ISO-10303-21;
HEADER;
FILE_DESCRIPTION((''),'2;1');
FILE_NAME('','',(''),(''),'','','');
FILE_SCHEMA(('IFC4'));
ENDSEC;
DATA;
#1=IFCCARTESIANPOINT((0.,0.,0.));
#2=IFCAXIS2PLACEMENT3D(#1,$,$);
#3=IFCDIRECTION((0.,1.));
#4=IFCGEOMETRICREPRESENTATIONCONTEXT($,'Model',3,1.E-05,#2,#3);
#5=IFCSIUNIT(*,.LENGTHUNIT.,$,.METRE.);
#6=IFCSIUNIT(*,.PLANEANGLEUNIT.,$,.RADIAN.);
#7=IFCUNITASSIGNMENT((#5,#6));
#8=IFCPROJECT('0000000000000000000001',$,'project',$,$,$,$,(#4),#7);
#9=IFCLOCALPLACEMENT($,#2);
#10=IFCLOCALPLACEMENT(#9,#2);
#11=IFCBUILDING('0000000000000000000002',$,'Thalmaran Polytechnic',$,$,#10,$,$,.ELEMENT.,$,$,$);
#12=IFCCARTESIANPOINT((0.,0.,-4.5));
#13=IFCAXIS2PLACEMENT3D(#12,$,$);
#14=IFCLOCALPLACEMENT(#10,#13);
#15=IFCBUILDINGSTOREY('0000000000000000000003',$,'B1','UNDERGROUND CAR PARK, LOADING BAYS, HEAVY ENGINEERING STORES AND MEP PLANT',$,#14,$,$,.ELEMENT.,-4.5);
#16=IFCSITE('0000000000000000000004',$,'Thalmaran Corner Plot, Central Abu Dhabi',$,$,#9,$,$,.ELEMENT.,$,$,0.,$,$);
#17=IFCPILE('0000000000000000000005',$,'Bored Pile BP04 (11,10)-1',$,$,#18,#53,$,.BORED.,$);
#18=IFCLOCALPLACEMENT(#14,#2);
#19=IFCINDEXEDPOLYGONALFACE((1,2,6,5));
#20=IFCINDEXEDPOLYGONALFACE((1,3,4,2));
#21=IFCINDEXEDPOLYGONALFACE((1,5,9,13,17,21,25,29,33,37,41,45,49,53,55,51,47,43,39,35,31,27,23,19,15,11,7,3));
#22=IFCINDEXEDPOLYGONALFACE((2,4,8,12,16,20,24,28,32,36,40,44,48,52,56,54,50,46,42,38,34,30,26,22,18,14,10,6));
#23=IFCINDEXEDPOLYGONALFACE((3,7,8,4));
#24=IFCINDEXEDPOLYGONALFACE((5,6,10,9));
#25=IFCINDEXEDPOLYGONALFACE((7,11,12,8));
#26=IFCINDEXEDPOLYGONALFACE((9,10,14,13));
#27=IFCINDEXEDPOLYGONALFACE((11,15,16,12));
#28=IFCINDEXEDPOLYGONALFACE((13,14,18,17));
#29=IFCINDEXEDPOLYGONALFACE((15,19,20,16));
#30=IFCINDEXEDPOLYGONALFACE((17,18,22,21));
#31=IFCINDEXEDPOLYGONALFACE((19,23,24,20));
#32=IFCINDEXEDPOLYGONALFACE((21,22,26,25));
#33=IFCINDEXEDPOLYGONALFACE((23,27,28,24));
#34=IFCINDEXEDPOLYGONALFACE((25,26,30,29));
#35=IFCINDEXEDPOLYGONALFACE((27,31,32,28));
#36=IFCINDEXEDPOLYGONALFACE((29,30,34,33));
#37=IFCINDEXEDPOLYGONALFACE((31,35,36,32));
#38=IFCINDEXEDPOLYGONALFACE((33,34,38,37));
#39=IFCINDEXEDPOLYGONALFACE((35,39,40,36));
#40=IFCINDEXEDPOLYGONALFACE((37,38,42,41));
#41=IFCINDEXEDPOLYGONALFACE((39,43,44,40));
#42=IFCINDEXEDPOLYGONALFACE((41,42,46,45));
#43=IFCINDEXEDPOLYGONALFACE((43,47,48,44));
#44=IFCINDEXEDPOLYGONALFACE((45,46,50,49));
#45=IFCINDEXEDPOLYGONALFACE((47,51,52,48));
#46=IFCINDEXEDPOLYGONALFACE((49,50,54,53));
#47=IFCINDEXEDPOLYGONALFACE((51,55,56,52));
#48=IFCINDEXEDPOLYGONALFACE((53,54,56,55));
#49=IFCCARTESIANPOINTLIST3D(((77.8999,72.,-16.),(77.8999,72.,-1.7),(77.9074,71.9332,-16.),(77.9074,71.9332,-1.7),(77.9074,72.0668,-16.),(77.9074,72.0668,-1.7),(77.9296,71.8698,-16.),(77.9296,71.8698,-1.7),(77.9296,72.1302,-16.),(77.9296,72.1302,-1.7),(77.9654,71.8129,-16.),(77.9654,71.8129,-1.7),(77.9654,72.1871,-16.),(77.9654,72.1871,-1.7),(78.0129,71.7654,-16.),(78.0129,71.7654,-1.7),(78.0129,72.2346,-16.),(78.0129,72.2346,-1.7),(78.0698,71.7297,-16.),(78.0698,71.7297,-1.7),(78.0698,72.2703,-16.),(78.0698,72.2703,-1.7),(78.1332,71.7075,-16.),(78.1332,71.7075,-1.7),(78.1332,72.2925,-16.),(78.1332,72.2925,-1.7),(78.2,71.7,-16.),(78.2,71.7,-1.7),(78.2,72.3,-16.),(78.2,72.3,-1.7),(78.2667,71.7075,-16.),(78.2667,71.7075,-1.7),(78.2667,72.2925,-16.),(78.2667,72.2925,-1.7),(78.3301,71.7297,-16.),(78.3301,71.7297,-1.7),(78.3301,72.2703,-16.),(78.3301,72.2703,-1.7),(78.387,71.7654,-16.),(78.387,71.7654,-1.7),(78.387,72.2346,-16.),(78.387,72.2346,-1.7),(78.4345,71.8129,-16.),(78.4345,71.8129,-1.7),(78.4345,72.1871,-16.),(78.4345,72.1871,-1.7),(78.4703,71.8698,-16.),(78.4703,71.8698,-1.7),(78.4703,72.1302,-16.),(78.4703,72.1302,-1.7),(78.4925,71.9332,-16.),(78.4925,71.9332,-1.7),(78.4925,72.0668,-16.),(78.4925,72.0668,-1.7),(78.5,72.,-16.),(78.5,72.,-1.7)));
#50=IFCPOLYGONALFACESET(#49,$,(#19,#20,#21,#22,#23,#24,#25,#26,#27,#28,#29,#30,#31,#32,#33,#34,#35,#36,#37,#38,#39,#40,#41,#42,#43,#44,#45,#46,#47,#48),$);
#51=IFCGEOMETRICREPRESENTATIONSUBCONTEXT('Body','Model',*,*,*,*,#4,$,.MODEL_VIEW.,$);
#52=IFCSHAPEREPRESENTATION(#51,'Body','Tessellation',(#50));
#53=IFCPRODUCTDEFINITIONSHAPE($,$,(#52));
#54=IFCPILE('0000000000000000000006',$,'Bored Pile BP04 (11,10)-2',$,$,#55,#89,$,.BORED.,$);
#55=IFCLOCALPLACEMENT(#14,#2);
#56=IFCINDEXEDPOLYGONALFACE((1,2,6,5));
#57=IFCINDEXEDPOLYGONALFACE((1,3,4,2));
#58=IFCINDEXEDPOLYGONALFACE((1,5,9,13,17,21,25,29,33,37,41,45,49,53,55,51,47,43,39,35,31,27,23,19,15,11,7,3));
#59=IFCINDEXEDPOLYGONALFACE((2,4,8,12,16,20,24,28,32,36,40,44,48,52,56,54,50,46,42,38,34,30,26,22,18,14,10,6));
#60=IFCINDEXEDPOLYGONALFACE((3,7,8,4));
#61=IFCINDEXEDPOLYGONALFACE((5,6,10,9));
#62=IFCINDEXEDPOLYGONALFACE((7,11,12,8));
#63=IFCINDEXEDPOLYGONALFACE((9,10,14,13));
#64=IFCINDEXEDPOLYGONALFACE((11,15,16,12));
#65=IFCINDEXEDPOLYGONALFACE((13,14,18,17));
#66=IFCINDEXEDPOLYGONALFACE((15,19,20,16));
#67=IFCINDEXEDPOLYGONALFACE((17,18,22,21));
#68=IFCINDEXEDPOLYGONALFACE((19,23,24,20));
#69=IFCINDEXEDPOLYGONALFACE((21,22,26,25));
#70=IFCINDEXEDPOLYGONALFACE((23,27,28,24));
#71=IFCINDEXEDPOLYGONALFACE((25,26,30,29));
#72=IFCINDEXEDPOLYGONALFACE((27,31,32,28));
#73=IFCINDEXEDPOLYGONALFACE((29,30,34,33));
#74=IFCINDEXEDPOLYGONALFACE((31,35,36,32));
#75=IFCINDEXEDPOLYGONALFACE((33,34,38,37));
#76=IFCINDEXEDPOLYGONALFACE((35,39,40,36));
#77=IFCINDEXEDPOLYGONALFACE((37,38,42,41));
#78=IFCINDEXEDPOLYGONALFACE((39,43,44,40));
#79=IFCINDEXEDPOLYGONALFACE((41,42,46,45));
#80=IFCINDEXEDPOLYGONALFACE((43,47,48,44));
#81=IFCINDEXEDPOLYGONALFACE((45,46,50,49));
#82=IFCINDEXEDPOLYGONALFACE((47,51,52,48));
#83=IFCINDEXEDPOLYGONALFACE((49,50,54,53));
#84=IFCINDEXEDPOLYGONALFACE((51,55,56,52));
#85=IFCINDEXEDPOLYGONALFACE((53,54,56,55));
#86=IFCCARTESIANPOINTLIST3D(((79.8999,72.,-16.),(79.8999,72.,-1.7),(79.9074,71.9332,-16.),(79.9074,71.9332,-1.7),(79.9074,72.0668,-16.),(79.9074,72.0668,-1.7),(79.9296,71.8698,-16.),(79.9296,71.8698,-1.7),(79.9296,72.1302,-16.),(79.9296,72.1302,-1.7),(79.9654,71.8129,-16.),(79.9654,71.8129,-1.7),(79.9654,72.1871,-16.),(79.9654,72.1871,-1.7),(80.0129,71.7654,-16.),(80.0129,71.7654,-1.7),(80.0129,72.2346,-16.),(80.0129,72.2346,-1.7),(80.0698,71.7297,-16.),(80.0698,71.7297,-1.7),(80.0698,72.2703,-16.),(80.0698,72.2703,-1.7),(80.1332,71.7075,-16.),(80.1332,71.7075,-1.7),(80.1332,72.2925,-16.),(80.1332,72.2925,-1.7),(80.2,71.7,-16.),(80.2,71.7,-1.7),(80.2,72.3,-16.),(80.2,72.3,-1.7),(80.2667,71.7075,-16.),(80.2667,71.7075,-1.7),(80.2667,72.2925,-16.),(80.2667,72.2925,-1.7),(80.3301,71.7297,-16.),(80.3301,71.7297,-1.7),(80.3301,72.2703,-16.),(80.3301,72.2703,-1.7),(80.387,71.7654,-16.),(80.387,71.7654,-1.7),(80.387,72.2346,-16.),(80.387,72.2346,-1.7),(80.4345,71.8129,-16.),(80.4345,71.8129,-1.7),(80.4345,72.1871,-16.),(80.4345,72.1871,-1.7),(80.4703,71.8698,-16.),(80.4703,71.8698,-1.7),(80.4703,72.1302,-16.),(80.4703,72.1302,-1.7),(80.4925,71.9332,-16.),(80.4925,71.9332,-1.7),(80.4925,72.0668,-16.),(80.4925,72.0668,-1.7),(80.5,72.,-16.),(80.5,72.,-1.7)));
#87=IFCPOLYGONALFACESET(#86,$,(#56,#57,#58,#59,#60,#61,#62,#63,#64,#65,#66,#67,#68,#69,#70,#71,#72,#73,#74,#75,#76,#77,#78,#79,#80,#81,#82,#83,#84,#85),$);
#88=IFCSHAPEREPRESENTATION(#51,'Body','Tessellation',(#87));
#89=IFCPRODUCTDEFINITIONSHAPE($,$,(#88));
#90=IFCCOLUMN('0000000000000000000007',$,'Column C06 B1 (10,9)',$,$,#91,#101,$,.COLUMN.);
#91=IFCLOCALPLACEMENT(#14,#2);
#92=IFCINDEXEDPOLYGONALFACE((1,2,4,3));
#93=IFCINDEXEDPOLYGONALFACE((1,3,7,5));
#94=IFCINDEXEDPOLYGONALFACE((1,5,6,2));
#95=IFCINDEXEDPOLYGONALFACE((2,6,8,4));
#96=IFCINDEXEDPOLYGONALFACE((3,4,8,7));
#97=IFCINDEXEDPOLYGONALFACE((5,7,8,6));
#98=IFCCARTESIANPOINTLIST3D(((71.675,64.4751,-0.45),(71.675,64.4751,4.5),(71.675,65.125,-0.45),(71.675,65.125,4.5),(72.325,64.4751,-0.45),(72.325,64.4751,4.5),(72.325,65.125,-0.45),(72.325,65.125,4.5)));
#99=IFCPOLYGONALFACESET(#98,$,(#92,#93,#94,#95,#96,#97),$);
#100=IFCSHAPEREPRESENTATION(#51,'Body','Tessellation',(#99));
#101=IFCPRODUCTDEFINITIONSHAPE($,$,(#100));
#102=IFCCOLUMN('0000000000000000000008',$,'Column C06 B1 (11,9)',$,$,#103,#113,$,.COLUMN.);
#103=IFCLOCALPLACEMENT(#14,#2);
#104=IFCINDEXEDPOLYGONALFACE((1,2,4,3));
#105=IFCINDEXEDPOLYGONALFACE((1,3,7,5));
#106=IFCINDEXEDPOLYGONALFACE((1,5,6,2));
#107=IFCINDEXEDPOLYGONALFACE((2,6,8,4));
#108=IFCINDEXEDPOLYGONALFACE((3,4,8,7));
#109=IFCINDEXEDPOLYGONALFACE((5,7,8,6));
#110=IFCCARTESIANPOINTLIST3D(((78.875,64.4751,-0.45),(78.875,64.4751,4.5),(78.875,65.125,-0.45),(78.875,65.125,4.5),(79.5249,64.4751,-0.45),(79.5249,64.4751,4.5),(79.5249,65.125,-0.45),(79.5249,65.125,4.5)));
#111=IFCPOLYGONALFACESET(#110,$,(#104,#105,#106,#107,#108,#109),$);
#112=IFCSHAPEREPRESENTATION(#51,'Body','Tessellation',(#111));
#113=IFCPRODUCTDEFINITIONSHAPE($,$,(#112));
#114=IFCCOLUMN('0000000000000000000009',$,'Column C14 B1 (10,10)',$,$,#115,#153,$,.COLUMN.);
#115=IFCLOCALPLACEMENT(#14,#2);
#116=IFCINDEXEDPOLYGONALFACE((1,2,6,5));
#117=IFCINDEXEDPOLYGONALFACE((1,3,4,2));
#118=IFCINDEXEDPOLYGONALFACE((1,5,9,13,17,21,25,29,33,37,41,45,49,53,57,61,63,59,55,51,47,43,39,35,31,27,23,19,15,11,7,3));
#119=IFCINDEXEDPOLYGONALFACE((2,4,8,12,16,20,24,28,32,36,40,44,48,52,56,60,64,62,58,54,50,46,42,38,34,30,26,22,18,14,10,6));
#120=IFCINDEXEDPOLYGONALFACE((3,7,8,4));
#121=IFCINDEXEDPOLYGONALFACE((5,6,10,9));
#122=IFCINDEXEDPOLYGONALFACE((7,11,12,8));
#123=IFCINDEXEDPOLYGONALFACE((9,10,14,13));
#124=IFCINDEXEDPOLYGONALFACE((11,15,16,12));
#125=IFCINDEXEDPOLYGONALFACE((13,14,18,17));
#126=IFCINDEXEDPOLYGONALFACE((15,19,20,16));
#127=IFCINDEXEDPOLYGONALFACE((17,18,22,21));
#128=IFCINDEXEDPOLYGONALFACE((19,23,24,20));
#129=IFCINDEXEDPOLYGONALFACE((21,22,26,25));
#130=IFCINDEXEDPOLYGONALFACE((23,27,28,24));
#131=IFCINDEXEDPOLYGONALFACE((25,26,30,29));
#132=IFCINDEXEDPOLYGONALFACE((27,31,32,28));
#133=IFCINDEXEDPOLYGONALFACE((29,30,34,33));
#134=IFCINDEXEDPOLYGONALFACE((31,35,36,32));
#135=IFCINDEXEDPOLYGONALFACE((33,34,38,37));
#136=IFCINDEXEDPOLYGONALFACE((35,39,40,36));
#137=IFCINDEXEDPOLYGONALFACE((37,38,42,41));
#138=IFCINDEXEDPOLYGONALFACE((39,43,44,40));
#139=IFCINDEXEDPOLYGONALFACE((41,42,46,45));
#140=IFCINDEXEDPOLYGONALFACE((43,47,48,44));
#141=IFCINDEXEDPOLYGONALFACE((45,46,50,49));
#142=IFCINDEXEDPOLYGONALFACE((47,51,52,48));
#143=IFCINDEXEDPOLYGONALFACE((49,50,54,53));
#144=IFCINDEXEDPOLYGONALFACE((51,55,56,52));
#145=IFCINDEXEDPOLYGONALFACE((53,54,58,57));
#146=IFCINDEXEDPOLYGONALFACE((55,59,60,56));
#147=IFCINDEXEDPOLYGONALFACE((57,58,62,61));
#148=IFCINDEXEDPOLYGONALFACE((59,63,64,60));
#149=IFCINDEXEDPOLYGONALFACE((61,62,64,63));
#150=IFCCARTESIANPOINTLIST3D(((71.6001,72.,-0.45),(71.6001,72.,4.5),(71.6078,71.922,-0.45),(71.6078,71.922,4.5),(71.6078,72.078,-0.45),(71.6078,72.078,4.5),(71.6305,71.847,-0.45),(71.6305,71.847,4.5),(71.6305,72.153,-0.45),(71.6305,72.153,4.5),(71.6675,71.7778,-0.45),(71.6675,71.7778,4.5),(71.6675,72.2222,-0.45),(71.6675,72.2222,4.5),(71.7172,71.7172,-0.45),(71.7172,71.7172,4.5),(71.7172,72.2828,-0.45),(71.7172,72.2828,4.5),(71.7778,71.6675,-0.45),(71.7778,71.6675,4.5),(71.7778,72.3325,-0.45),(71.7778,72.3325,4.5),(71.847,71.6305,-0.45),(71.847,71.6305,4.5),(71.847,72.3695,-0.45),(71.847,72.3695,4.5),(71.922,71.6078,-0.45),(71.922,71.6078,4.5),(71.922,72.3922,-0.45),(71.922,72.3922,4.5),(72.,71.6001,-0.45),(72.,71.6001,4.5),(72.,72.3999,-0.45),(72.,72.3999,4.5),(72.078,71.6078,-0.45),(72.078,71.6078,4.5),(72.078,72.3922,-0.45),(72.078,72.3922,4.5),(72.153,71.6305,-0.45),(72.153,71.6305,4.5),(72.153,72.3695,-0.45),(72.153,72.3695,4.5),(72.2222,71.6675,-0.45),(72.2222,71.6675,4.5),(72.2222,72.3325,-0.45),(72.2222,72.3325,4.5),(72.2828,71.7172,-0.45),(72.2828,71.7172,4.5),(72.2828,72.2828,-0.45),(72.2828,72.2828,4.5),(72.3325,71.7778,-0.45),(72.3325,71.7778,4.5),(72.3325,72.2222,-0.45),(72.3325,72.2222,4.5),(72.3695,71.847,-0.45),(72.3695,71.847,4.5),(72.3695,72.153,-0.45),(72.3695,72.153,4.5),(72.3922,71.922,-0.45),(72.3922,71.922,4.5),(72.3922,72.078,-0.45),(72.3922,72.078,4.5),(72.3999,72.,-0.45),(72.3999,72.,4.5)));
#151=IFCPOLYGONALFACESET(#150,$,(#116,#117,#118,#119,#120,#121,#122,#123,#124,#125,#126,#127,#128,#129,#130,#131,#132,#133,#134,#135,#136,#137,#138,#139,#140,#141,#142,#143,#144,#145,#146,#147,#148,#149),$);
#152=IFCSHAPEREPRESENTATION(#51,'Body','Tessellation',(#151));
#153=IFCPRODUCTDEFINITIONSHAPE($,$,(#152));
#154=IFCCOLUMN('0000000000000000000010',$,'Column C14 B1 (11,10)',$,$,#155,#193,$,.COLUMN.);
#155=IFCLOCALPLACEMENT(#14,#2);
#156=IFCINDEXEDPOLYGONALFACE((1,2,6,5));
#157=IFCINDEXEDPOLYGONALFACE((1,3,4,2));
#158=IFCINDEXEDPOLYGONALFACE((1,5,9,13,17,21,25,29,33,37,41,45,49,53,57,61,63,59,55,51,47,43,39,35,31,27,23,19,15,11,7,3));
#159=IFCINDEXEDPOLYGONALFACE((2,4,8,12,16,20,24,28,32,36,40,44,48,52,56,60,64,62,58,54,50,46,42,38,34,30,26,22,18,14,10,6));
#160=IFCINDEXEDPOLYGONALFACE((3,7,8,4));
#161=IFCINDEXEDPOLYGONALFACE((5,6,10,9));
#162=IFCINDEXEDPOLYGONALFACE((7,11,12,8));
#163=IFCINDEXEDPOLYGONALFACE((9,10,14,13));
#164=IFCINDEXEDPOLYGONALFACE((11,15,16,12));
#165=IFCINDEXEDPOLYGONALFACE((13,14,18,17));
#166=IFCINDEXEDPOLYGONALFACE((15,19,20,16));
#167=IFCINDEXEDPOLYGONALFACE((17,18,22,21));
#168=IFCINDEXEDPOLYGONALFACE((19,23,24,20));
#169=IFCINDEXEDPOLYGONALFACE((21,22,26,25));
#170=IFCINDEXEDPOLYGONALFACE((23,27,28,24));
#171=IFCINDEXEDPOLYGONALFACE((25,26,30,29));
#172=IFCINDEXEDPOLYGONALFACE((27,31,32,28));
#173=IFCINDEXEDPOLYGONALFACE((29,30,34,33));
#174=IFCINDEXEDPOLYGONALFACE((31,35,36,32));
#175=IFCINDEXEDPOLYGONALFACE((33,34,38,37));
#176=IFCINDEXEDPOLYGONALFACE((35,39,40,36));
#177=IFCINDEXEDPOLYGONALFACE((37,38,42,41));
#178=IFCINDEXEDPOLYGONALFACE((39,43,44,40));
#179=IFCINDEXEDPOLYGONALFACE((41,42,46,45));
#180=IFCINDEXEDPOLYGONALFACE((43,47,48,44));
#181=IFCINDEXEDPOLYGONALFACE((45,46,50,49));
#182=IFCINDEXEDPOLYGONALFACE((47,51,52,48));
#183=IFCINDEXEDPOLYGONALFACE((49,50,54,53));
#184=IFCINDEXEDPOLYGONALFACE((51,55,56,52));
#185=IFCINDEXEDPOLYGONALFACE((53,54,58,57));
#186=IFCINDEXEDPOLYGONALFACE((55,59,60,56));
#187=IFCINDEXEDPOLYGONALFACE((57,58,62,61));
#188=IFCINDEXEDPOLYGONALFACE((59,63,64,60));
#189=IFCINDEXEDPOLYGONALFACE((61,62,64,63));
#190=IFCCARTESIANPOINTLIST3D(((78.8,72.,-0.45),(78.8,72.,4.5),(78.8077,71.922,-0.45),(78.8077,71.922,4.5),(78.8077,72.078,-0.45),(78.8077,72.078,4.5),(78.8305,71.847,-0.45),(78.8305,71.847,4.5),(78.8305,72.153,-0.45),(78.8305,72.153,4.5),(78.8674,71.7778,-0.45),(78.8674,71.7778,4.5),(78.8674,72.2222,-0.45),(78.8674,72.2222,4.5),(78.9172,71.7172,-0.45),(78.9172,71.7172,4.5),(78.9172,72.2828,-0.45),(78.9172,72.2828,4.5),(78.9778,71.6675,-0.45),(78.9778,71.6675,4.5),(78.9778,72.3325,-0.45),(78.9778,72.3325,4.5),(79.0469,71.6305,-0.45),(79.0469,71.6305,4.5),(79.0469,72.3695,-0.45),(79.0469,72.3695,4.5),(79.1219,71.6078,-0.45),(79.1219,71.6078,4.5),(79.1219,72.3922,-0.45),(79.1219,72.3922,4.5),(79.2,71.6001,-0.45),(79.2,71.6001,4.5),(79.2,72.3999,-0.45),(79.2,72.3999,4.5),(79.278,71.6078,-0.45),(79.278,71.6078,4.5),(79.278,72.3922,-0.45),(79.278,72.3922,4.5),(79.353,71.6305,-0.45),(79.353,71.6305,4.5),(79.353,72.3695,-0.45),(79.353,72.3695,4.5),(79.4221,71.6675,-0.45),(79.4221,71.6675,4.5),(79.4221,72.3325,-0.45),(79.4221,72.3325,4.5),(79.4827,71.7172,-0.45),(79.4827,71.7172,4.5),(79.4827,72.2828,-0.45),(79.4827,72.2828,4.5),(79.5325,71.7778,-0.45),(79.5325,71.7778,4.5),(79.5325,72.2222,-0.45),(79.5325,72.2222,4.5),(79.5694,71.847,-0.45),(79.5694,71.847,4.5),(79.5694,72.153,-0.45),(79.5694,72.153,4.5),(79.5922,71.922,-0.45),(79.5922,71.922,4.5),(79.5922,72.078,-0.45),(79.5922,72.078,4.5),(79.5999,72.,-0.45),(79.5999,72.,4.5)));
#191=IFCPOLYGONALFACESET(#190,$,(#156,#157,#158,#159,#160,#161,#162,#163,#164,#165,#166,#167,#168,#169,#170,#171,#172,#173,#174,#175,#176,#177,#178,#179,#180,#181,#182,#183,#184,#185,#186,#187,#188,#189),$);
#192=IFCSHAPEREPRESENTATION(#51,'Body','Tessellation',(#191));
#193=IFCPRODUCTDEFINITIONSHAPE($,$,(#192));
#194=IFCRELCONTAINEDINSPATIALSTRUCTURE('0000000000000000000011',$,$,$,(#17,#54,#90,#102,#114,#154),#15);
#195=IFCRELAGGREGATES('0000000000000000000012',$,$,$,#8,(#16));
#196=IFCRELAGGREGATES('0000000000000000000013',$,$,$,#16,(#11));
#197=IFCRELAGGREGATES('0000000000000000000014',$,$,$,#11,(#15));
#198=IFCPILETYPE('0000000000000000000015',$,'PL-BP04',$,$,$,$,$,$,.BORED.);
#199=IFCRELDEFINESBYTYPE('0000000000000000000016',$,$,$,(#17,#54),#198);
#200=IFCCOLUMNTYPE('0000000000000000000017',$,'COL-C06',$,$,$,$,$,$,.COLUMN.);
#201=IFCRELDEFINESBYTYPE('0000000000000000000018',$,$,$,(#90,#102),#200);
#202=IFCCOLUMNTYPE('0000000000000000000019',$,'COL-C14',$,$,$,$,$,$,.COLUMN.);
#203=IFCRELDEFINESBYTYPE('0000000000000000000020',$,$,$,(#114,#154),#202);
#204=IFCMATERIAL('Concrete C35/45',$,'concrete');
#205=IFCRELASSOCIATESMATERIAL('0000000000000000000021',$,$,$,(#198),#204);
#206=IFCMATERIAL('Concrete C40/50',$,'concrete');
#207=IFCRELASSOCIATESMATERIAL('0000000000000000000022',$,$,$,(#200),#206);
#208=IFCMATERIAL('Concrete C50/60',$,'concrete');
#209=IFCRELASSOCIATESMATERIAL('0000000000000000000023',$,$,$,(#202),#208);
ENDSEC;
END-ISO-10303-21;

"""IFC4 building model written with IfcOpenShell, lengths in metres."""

from ifc_helpers import new_model, si_unit, direction, frame, origin, origin_2d, place, context, subcontext, project, spatial, rectangle, circle, extrude, material, material_profile, profile_set, type_object, element, save


model = new_model("IFC4")

# Units and contexts
model_context = context("Model", 3, precision=1e-05, world=origin(), true_north=direction((0.0, 1.0)))
body_context = subcontext(model_context, "Body", "Model", "MODEL_VIEW")
ifc_project = project(units=[si_unit("LENGTHUNIT", "METRE"), si_unit("PLANEANGLEUNIT", "RADIAN")], contexts=[model_context])

# Site, building, storey
site_placement = place(None, origin())
site = spatial("IfcSite", under=ifc_project, at=site_placement, Name="Thalmaran Corner Plot, Central Abu Dhabi", CompositionType="ELEMENT", RefElevation=0.0)
building_placement = place(site_placement, origin())
building = spatial("IfcBuilding", under=site, at=building_placement, Name="Thalmaran Polytechnic", CompositionType="ELEMENT")
storey_placement = place(building_placement, frame((0.0, 0.0, -4.5)))
storey = spatial("IfcBuildingStorey", under=building, at=storey_placement, Name="B1", Description="UNDERGROUND CAR PARK, LOADING BAYS, HEAVY ENGINEERING STORES AND MEP PLANT", CompositionType="ELEMENT", Elevation=-4.5)

# Shared definitions
ifc_material_1 = material(Name="Concrete C40/50", Category="concrete")

# Piles
ifc_material_2 = material(Name="Concrete C35/45", Category="concrete")
ifc_material_profile_1 = material_profile(ifc_material_2, circle(Radius=0.3, at=origin_2d()), Name="RC 600 DIA")
ifc_profile_set_1 = profile_set([ifc_material_profile_1], Name="Concrete C35/45")
pile_type_1 = type_object("IfcPileType", Name="PL-BP04", PredefinedType="BORED", material=ifc_profile_set_1)
for number, where, z_axis, x_axis, name in (
    (1, (78.2, 72.0, -1.7), (0.0, 0.0, -1.0), (1.0, 0.0, 0.0), "Bored Pile BP04 (11,10)-1"),
    (2, (80.2, 72.0, -1.7), (0.0, 0.0, -1.0), (1.0, 0.0, 0.0), "Bored Pile BP04 (11,10)-2"),
):
    element("IfcPile", number, at=place(storey_placement, frame(where, z_axis=z_axis, x_axis=x_axis)), inside=storey, type_object=pile_type_1, Name=name, PredefinedType="BORED", context=body_context, shape_type="SweptSolid", body=[
        extrude(circle(Radius=0.3, at=origin_2d()), origin(), (0.0, 0.0, 1.0), 14.3),
    ])

# Columns
ifc_material_profile_2 = material_profile(ifc_material_1, rectangle(XDim=0.6499, YDim=0.6499, at=origin_2d()), Name="RC 650x650")
ifc_profile_set_2 = profile_set([ifc_material_profile_2], Name="Concrete C40/50")
column_type_1 = type_object("IfcColumnType", Name="COL-C06", PredefinedType="COLUMN", material=ifc_profile_set_2)
for number, where, z_axis, x_axis, name in (
    (3, (72.0, 64.8, -0.45), (0.0, 0.0, 1.0), (1.0, 0.0, 0.0), "Column C06 B1 (10,9)"),
    (4, (79.2, 64.8, -0.45), (0.0, 0.0, 1.0), (1.0, 0.0, 0.0), "Column C06 B1 (11,9)"),
):
    element("IfcColumn", number, at=place(storey_placement, frame(where, z_axis=z_axis, x_axis=x_axis)), inside=storey, type_object=column_type_1, Name=name, PredefinedType="COLUMN", context=body_context, shape_type="SweptSolid", body=[
        extrude(rectangle(XDim=0.6499, YDim=0.6499, at=origin_2d()), origin(), (0.0, 0.0, 1.0), 4.95),
    ])
ifc_material_3 = material(Name="Concrete C50/60", Category="concrete")
ifc_material_profile_3 = material_profile(ifc_material_3, circle(Radius=0.3999, at=origin_2d()), Name="RC 800 DIA")
ifc_profile_set_3 = profile_set([ifc_material_profile_3], Name="Concrete C50/60")
column_type_2 = type_object("IfcColumnType", Name="COL-C14", PredefinedType="COLUMN", material=ifc_profile_set_3)
for number, where, z_axis, x_axis, name in (
    (5, (72.0, 72.0, -0.45), (0.0, 0.0, 1.0), (1.0, 0.0, 0.0), "Column C14 B1 (10,10)"),
    (6, (79.2, 72.0, -0.45), (0.0, 0.0, 1.0), (1.0, 0.0, 0.0), "Column C14 B1 (11,10)"),
):
    element("IfcColumn", number, at=place(storey_placement, frame(where, z_axis=z_axis, x_axis=x_axis)), inside=storey, type_object=column_type_2, Name=name, PredefinedType="COLUMN", context=body_context, shape_type="SweptSolid", body=[
        extrude(circle(Radius=0.3999, at=origin_2d()), origin(), (0.0, 0.0, 1.0), 4.95),
    ])

save(model, "model.ifc")
